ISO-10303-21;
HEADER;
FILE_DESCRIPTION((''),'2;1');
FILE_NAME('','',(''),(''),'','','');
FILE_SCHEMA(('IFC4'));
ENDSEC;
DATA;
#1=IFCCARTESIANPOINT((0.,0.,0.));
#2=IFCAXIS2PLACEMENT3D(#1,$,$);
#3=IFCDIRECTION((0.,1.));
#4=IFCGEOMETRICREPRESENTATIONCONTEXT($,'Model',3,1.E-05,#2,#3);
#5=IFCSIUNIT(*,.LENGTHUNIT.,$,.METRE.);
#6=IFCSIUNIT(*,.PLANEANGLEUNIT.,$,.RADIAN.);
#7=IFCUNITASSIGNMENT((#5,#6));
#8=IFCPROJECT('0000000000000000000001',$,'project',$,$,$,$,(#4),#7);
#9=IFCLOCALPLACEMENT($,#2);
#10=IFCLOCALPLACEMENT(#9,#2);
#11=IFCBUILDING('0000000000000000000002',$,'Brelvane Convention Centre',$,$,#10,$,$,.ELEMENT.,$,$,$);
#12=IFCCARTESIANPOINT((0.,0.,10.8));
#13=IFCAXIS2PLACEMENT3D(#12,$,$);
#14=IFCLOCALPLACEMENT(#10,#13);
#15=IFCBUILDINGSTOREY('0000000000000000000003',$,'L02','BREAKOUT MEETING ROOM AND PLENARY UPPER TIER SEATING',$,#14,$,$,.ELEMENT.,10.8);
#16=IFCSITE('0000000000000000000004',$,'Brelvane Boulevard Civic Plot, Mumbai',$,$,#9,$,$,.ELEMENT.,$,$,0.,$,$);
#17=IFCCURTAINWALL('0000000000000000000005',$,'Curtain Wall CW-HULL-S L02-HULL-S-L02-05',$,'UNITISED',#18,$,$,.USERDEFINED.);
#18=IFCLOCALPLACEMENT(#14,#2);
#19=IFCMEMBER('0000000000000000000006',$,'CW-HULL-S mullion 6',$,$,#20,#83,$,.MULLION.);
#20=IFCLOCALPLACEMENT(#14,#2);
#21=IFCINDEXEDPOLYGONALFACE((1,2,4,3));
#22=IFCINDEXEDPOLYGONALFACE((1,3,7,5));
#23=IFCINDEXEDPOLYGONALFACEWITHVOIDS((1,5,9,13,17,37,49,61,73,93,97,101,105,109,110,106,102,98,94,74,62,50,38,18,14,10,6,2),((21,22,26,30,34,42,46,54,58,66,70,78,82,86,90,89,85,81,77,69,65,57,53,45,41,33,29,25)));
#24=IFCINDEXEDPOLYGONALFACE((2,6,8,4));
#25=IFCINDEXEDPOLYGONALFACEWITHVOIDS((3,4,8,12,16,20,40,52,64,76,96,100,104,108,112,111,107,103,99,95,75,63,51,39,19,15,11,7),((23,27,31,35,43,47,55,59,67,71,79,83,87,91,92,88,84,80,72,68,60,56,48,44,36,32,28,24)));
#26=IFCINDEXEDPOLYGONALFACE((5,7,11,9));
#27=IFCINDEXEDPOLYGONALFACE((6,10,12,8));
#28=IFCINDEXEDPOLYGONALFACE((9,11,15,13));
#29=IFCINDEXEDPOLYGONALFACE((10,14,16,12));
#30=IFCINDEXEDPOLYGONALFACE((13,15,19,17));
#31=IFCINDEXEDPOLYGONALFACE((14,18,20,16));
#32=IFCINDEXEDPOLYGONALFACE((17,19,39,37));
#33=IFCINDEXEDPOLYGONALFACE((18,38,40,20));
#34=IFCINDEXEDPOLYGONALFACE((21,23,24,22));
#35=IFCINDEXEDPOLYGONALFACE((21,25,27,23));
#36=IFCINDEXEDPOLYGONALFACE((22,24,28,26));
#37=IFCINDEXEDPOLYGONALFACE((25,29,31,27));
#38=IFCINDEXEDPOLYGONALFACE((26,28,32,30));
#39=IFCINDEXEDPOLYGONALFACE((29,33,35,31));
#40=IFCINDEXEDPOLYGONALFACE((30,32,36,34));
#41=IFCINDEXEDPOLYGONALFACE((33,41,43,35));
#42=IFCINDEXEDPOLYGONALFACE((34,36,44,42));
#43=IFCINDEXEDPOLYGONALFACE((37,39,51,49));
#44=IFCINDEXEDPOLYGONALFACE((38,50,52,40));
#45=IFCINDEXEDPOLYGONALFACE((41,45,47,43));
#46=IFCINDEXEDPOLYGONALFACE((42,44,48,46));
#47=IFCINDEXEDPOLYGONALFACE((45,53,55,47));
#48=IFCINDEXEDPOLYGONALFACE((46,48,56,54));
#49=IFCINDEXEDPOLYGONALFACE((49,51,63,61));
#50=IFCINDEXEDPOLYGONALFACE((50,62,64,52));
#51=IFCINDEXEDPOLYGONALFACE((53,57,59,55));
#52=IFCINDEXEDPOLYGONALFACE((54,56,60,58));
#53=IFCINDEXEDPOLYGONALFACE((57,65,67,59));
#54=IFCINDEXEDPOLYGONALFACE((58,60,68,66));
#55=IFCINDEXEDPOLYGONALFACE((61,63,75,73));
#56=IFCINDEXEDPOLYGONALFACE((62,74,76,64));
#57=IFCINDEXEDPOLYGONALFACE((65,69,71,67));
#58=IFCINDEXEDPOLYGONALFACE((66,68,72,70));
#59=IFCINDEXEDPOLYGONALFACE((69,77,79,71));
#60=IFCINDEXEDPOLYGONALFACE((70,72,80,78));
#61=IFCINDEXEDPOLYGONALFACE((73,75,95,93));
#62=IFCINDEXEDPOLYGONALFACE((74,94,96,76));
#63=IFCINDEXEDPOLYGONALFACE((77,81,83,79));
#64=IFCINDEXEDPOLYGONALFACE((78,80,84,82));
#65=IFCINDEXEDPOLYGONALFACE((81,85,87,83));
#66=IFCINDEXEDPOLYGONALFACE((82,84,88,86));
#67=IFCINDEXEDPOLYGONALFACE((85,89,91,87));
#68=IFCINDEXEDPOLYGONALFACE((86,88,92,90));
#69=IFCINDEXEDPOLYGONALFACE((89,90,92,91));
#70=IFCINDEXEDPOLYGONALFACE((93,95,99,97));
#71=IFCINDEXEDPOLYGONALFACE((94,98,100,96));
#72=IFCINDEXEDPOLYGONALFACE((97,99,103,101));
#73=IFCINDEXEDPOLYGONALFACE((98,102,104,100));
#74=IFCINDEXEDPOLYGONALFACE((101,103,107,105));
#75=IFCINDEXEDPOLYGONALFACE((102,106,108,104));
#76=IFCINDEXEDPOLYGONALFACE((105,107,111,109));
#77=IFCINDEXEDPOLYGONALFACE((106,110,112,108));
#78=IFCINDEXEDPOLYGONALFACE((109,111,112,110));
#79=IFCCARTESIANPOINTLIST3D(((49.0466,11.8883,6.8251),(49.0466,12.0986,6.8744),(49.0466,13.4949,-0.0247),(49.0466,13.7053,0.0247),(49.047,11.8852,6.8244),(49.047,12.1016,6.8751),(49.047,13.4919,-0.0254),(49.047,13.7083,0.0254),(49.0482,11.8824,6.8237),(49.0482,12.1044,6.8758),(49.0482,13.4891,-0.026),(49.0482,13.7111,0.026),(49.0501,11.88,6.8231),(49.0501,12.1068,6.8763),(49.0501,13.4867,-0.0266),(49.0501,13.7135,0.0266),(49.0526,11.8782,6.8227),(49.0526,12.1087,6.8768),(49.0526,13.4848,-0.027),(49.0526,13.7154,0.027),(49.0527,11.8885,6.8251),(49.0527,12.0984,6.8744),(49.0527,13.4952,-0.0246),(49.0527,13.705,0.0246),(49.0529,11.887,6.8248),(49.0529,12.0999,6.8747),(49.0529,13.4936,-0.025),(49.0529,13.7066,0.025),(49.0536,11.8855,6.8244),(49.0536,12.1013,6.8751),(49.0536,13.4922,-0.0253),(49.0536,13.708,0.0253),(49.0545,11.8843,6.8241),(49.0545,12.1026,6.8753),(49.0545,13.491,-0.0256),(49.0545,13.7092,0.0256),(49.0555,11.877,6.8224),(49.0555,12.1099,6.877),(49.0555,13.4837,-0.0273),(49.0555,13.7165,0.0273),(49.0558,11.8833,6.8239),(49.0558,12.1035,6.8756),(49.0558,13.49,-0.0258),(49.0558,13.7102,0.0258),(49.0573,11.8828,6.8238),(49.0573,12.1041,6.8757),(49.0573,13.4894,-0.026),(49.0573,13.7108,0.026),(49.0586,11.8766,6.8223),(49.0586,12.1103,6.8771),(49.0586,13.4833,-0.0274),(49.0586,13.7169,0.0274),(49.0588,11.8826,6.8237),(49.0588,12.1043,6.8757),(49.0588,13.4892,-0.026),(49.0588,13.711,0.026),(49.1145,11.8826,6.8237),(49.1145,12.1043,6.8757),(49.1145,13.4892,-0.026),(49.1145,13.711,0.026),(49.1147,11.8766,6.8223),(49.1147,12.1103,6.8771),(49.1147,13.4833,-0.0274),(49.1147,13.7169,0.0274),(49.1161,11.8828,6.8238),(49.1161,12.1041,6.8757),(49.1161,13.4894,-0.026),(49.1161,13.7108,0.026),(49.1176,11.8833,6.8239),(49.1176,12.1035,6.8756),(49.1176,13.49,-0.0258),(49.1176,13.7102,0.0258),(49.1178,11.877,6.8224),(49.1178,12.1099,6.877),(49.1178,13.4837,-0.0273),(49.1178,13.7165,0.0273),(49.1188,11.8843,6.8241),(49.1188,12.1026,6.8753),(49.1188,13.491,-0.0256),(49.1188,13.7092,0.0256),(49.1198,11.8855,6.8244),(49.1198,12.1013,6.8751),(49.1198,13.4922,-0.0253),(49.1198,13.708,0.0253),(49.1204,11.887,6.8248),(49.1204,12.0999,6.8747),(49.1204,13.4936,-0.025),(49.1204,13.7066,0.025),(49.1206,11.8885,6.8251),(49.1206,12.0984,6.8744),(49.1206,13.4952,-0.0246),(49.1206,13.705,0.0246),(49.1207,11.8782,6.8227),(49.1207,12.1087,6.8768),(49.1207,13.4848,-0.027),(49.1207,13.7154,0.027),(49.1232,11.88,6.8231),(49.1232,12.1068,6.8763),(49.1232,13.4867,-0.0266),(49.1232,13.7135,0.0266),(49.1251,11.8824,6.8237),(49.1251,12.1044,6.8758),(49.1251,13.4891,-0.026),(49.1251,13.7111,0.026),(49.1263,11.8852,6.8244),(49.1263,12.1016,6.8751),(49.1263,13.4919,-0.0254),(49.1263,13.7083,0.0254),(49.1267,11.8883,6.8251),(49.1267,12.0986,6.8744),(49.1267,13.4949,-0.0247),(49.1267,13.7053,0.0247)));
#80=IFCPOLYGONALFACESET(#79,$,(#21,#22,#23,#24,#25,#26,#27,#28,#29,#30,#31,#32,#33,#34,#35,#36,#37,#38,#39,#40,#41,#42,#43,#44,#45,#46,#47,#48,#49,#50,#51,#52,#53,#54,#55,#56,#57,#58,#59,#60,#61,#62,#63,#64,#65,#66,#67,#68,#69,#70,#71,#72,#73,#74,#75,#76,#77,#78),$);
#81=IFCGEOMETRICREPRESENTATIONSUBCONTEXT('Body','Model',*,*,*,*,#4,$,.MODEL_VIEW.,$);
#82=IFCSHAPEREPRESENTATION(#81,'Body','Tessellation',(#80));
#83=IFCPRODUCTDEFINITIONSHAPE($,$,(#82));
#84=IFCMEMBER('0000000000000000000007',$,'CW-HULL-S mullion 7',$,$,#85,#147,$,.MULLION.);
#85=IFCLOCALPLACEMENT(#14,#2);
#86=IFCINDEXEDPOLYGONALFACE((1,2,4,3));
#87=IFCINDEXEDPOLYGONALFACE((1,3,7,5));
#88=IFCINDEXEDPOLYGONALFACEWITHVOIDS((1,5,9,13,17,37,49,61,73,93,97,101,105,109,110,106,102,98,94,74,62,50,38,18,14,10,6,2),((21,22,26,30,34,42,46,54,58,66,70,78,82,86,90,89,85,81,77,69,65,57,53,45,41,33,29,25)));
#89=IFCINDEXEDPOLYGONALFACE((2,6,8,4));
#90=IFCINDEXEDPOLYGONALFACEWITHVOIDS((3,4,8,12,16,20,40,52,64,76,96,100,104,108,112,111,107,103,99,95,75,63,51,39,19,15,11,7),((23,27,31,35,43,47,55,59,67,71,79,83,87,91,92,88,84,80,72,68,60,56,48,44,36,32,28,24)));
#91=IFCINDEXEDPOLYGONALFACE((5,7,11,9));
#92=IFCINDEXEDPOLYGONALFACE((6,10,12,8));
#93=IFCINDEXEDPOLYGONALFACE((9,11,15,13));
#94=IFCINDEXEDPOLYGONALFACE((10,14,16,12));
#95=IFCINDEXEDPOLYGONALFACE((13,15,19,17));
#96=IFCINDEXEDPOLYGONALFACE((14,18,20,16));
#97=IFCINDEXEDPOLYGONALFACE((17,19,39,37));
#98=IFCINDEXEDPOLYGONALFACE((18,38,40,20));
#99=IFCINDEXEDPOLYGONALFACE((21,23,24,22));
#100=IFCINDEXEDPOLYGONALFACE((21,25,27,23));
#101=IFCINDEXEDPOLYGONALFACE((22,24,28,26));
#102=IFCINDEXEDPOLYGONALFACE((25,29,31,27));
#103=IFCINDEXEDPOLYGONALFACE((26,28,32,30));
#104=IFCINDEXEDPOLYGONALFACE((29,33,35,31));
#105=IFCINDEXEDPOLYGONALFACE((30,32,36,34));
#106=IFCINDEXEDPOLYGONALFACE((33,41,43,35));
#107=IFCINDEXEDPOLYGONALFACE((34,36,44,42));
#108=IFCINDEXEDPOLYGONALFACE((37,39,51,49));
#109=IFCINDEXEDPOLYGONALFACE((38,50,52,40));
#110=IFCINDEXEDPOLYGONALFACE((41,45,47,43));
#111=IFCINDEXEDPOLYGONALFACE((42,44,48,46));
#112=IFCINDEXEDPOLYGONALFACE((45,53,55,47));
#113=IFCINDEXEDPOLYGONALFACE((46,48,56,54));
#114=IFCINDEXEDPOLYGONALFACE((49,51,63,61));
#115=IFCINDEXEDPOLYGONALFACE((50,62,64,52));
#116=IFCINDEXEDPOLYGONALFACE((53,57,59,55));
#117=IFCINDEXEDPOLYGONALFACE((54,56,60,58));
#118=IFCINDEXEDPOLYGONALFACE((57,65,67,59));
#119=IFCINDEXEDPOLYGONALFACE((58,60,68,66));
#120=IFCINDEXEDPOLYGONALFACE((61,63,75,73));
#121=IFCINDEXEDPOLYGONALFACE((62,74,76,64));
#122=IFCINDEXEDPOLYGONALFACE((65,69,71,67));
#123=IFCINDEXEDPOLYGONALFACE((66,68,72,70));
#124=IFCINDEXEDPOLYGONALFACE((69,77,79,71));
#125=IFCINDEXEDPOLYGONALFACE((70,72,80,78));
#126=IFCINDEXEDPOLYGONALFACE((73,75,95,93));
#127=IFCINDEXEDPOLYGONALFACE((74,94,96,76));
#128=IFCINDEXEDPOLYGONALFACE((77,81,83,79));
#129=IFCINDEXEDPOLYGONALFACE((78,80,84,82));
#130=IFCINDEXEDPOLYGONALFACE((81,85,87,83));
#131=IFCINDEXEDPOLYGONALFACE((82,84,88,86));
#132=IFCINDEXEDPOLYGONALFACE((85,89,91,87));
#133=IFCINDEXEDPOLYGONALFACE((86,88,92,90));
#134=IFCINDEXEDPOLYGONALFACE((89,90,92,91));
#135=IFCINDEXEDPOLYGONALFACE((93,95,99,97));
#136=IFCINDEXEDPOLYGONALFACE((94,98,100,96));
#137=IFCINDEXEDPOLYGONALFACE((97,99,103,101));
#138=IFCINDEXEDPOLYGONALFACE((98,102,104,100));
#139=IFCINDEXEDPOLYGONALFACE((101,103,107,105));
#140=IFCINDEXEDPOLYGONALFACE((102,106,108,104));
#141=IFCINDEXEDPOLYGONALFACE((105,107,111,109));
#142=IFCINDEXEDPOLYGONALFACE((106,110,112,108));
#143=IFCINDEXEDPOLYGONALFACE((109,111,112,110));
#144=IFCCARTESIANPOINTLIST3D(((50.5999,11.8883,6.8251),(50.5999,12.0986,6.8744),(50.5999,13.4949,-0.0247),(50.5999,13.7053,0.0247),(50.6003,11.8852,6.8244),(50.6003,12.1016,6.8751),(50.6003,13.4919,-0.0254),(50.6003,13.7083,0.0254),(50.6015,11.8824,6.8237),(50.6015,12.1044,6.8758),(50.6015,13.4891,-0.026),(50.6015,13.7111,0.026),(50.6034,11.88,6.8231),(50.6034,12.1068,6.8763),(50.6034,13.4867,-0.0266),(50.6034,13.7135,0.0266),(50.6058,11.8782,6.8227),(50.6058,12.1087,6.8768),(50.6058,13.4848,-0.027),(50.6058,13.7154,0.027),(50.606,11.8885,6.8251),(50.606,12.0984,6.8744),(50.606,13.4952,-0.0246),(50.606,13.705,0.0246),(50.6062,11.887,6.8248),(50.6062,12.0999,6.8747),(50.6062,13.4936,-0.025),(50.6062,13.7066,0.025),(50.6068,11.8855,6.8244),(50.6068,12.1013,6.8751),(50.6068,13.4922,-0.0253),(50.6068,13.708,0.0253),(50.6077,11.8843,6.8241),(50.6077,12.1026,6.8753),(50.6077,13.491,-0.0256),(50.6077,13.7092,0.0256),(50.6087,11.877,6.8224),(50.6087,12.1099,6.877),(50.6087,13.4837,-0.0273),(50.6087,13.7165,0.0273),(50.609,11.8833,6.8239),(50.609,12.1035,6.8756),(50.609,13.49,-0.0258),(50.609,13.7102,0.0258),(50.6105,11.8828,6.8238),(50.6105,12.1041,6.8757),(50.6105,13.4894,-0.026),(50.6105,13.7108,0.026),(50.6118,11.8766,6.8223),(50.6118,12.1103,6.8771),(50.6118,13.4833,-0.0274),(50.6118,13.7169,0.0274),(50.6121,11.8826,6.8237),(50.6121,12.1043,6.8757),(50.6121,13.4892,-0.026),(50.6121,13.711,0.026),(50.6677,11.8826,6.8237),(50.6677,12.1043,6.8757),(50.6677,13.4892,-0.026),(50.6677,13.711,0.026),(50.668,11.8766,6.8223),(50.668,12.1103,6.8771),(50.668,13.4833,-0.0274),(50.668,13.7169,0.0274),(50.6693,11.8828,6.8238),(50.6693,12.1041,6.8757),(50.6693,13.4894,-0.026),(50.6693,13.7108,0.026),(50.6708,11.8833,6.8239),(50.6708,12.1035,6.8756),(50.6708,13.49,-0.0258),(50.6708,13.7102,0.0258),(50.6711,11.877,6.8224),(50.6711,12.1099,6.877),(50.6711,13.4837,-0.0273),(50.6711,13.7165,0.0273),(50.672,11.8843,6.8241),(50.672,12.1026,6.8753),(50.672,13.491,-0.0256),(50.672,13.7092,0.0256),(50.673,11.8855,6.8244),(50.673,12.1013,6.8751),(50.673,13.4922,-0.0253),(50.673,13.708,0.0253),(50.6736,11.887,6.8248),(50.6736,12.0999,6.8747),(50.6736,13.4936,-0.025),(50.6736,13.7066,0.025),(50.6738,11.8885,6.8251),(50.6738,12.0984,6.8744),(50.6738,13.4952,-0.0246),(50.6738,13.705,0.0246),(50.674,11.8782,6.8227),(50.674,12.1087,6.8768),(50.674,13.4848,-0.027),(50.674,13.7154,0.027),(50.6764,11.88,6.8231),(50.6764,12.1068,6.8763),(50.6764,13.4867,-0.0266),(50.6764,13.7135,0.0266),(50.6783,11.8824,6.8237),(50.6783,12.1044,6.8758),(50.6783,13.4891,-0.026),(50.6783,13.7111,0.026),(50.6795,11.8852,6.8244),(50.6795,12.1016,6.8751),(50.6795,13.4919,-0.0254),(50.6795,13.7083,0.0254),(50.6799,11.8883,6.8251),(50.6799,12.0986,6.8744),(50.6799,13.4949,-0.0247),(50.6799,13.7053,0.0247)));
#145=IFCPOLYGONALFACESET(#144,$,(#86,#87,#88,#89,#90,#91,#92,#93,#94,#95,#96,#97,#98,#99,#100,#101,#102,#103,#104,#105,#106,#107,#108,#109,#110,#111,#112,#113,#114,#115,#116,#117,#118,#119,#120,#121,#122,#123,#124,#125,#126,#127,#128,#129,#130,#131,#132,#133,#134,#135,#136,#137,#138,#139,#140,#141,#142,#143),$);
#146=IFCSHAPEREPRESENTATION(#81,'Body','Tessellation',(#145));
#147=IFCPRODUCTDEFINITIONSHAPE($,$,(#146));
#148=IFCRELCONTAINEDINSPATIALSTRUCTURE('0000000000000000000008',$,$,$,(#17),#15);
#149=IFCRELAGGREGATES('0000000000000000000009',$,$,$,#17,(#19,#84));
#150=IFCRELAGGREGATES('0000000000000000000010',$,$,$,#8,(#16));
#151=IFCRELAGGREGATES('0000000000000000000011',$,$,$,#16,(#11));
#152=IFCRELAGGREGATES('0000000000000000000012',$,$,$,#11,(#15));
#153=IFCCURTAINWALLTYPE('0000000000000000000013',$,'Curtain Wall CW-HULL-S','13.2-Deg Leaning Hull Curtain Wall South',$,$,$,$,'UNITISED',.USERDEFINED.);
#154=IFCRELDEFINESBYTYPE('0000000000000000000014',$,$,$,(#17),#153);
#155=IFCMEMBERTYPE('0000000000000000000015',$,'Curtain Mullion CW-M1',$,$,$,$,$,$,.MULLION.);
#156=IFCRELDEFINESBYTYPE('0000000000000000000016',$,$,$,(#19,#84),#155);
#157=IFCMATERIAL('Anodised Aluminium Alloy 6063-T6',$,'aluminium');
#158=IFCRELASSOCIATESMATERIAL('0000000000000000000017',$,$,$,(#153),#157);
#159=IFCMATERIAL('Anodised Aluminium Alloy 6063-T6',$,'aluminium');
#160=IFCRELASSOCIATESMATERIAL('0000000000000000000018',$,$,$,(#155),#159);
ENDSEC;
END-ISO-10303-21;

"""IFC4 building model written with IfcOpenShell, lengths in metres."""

from ifc_helpers import new_model, si_unit, direction, frame, origin, origin_2d, place, context, subcontext, project, spatial, hollow_rectangle, extrude, material, material_profile, profile_set, type_object, element, aggregate, save


model = new_model("IFC4")

# Units and contexts
model_context = context("Model", 3, precision=1e-05, world=origin(), true_north=direction((0.0, 1.0)))
body_context = subcontext(model_context, "Body", "Model", "MODEL_VIEW")
ifc_project = project(units=[si_unit("LENGTHUNIT", "METRE"), si_unit("PLANEANGLEUNIT", "RADIAN")], contexts=[model_context])

# Site, building, storey
site_placement = place(None, origin())
site = spatial("IfcSite", under=ifc_project, at=site_placement, Name="Brelvane Boulevard Civic Plot, Mumbai", CompositionType="ELEMENT", RefElevation=0.0)
building_placement = place(site_placement, origin())
building = spatial("IfcBuilding", under=site, at=building_placement, Name="Brelvane Convention Centre", CompositionType="ELEMENT")
storey_placement = place(building_placement, frame((0.0, 0.0, 10.8)))
storey = spatial("IfcBuildingStorey", under=building, at=storey_placement, Name="L02", Description="BREAKOUT MEETING ROOM AND PLENARY UPPER TIER SEATING", CompositionType="ELEMENT", Elevation=10.8)

# Curtain wall, members
ifc_material_1 = material(Name="Anodised Aluminium Alloy 6063-T6", Category="aluminium")
curtain_wall_type = type_object("IfcCurtainWallType", Name="Curtain Wall CW-HULL-S", Description="13.2-Deg Leaning Hull Curtain Wall South", ElementType="UNITISED", PredefinedType="USERDEFINED", material=ifc_material_1)
curtain_wall_placement = place(storey_placement, origin())
curtain_wall = element("IfcCurtainWall", 1, at=curtain_wall_placement, inside=storey, type_object=curtain_wall_type, Name="Curtain Wall CW-HULL-S L02-HULL-S-L02-05", ObjectType="UNITISED", PredefinedType="USERDEFINED")
ifc_material_2 = material(Name="Anodised Aluminium Alloy 6063-T6", Category="aluminium")
ifc_material_profile_1 = material_profile(ifc_material_2, hollow_rectangle(XDim=0.0801, YDim=0.24, WallThickness=0.0061, InnerFilletRadius=0.0061, OuterFilletRadius=0.012, at=origin_2d()), Name="ALU-M 240x80x6.0")
ifc_profile_set_1 = profile_set([ifc_material_profile_1], Name="Anodised Aluminium Alloy 6063-T6")
member_type_1 = type_object("IfcMemberType", Name="Curtain Mullion CW-M1", PredefinedType="MULLION", material=ifc_profile_set_1)
member_1_placement = place(storey_placement, frame((49.0867, 13.6001, 0.0), z_axis=(0.0, -0.22836, 0.973577), x_axis=(1.0, 0.0, 0.0)))
member_1 = element("IfcMember", 2, at=member_1_placement, type_object=member_type_1, Name="CW-HULL-S mullion 6", PredefinedType="MULLION", context=body_context, shape_type="SweptSolid", body=[
    extrude(hollow_rectangle(XDim=0.0801, YDim=0.24, WallThickness=0.0061, InnerFilletRadius=0.0061, OuterFilletRadius=0.012, at=origin_2d()), origin(), (0.0, 0.0, 1.0), 7.0356),
])
member_2_placement = place(storey_placement, frame((50.6399, 13.6001, 0.0), z_axis=(0.0, -0.22836, 0.973577), x_axis=(1.0, 0.0, 0.0)))
member_2 = element("IfcMember", 3, at=member_2_placement, type_object=member_type_1, Name="CW-HULL-S mullion 7", PredefinedType="MULLION", context=body_context, shape_type="SweptSolid", body=[
    extrude(hollow_rectangle(XDim=0.0801, YDim=0.24, WallThickness=0.0061, InnerFilletRadius=0.0061, OuterFilletRadius=0.012, at=origin_2d()), origin(), (0.0, 0.0, 1.0), 7.0356),
])

aggregate(curtain_wall, [member_1, member_2])

save(model, "model.ifc")
